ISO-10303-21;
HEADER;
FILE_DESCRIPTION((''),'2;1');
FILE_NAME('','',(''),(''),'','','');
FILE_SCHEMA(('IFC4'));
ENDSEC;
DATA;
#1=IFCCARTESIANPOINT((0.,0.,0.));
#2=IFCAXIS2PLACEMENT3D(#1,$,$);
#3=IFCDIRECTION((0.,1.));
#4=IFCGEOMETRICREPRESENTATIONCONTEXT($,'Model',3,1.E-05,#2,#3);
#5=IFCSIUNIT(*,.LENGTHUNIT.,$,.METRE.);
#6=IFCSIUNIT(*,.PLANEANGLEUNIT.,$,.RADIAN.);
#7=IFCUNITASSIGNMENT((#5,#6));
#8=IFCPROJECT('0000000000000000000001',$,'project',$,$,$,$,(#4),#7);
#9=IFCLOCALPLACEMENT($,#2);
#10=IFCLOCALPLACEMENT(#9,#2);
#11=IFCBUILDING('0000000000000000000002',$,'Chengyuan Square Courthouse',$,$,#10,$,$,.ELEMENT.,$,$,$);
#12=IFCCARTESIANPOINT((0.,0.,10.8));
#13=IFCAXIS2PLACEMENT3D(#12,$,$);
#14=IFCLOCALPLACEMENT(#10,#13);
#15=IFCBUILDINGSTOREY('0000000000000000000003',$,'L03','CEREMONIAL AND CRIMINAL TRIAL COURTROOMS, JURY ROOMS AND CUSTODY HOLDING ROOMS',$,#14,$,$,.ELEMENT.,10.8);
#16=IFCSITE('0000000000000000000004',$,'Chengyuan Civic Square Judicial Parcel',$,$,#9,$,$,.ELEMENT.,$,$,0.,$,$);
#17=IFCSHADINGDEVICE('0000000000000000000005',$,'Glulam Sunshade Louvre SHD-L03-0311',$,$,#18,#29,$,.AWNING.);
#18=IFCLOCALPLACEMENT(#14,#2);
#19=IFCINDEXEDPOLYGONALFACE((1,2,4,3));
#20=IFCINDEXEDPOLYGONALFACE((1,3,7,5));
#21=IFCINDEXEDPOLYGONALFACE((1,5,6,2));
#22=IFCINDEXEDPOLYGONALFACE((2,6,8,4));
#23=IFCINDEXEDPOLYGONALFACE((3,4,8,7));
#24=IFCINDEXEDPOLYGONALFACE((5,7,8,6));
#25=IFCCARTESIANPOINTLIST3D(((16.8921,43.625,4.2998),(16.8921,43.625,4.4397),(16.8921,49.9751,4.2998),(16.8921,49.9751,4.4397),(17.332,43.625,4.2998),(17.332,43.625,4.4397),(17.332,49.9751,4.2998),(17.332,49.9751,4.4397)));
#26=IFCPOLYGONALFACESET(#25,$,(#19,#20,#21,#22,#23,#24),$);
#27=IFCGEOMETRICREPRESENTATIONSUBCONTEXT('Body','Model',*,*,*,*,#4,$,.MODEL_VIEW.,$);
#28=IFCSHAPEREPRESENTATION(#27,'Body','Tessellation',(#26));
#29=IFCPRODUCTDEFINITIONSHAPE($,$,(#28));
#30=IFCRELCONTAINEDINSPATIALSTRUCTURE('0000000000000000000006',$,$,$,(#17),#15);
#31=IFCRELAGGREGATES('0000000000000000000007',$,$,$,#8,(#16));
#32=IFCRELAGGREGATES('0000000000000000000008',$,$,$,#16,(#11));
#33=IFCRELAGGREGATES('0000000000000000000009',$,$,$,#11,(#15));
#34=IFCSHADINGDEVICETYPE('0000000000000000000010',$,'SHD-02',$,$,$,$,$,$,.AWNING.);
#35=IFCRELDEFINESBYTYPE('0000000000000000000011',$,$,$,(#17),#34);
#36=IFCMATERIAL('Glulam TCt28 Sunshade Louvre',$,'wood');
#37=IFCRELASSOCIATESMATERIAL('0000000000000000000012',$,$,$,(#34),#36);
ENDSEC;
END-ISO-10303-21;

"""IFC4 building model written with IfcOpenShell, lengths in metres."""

from ifc_helpers import new_model, si_unit, direction, frame, origin, origin_2d, place, context, subcontext, project, spatial, rectangle, extrude, material, type_object, element, save


model = new_model("IFC4")

# Units and contexts
model_context = context("Model", 3, precision=1e-05, world=origin(), true_north=direction((0.0, 1.0)))
body_context = subcontext(model_context, "Body", "Model", "MODEL_VIEW")
ifc_project = project(units=[si_unit("LENGTHUNIT", "METRE"), si_unit("PLANEANGLEUNIT", "RADIAN")], contexts=[model_context])

# Site, building, storey
site_placement = place(None, origin())
site = spatial("IfcSite", under=ifc_project, at=site_placement, Name="Chengyuan Civic Square Judicial Parcel", CompositionType="ELEMENT", RefElevation=0.0)
building_placement = place(site_placement, origin())
building = spatial("IfcBuilding", under=site, at=building_placement, Name="Chengyuan Square Courthouse", CompositionType="ELEMENT")
storey_placement = place(building_placement, frame((0.0, 0.0, 10.8)))
storey = spatial("IfcBuildingStorey", under=building, at=storey_placement, Name="L03", Description="CEREMONIAL AND CRIMINAL TRIAL COURTROOMS, JURY ROOMS AND CUSTODY HOLDING ROOMS", CompositionType="ELEMENT", Elevation=10.8)

# Shading device
ifc_material_1 = material(Name="Glulam TCt28 Sunshade Louvre", Category="wood")
shading_device_type_1 = type_object("IfcShadingDeviceType", Name="SHD-02", PredefinedType="AWNING", material=ifc_material_1)
shading_device_1_placement = place(storey_placement, frame((17.1121, 46.8, 4.2998), z_axis=(0.0, 0.0, 1.0), x_axis=(0.0, 1.0, 0.0)))
element("IfcShadingDevice", 1, at=shading_device_1_placement, inside=storey, type_object=shading_device_type_1, Name="Glulam Sunshade Louvre SHD-L03-0311", PredefinedType="AWNING", context=body_context, shape_type="SweptSolid", body=[
    extrude(rectangle(XDim=6.3501, YDim=0.4399, at=origin_2d()), origin(), (0.0, 0.0, 1.0), 0.1399),
])

save(model, "model.ifc")
